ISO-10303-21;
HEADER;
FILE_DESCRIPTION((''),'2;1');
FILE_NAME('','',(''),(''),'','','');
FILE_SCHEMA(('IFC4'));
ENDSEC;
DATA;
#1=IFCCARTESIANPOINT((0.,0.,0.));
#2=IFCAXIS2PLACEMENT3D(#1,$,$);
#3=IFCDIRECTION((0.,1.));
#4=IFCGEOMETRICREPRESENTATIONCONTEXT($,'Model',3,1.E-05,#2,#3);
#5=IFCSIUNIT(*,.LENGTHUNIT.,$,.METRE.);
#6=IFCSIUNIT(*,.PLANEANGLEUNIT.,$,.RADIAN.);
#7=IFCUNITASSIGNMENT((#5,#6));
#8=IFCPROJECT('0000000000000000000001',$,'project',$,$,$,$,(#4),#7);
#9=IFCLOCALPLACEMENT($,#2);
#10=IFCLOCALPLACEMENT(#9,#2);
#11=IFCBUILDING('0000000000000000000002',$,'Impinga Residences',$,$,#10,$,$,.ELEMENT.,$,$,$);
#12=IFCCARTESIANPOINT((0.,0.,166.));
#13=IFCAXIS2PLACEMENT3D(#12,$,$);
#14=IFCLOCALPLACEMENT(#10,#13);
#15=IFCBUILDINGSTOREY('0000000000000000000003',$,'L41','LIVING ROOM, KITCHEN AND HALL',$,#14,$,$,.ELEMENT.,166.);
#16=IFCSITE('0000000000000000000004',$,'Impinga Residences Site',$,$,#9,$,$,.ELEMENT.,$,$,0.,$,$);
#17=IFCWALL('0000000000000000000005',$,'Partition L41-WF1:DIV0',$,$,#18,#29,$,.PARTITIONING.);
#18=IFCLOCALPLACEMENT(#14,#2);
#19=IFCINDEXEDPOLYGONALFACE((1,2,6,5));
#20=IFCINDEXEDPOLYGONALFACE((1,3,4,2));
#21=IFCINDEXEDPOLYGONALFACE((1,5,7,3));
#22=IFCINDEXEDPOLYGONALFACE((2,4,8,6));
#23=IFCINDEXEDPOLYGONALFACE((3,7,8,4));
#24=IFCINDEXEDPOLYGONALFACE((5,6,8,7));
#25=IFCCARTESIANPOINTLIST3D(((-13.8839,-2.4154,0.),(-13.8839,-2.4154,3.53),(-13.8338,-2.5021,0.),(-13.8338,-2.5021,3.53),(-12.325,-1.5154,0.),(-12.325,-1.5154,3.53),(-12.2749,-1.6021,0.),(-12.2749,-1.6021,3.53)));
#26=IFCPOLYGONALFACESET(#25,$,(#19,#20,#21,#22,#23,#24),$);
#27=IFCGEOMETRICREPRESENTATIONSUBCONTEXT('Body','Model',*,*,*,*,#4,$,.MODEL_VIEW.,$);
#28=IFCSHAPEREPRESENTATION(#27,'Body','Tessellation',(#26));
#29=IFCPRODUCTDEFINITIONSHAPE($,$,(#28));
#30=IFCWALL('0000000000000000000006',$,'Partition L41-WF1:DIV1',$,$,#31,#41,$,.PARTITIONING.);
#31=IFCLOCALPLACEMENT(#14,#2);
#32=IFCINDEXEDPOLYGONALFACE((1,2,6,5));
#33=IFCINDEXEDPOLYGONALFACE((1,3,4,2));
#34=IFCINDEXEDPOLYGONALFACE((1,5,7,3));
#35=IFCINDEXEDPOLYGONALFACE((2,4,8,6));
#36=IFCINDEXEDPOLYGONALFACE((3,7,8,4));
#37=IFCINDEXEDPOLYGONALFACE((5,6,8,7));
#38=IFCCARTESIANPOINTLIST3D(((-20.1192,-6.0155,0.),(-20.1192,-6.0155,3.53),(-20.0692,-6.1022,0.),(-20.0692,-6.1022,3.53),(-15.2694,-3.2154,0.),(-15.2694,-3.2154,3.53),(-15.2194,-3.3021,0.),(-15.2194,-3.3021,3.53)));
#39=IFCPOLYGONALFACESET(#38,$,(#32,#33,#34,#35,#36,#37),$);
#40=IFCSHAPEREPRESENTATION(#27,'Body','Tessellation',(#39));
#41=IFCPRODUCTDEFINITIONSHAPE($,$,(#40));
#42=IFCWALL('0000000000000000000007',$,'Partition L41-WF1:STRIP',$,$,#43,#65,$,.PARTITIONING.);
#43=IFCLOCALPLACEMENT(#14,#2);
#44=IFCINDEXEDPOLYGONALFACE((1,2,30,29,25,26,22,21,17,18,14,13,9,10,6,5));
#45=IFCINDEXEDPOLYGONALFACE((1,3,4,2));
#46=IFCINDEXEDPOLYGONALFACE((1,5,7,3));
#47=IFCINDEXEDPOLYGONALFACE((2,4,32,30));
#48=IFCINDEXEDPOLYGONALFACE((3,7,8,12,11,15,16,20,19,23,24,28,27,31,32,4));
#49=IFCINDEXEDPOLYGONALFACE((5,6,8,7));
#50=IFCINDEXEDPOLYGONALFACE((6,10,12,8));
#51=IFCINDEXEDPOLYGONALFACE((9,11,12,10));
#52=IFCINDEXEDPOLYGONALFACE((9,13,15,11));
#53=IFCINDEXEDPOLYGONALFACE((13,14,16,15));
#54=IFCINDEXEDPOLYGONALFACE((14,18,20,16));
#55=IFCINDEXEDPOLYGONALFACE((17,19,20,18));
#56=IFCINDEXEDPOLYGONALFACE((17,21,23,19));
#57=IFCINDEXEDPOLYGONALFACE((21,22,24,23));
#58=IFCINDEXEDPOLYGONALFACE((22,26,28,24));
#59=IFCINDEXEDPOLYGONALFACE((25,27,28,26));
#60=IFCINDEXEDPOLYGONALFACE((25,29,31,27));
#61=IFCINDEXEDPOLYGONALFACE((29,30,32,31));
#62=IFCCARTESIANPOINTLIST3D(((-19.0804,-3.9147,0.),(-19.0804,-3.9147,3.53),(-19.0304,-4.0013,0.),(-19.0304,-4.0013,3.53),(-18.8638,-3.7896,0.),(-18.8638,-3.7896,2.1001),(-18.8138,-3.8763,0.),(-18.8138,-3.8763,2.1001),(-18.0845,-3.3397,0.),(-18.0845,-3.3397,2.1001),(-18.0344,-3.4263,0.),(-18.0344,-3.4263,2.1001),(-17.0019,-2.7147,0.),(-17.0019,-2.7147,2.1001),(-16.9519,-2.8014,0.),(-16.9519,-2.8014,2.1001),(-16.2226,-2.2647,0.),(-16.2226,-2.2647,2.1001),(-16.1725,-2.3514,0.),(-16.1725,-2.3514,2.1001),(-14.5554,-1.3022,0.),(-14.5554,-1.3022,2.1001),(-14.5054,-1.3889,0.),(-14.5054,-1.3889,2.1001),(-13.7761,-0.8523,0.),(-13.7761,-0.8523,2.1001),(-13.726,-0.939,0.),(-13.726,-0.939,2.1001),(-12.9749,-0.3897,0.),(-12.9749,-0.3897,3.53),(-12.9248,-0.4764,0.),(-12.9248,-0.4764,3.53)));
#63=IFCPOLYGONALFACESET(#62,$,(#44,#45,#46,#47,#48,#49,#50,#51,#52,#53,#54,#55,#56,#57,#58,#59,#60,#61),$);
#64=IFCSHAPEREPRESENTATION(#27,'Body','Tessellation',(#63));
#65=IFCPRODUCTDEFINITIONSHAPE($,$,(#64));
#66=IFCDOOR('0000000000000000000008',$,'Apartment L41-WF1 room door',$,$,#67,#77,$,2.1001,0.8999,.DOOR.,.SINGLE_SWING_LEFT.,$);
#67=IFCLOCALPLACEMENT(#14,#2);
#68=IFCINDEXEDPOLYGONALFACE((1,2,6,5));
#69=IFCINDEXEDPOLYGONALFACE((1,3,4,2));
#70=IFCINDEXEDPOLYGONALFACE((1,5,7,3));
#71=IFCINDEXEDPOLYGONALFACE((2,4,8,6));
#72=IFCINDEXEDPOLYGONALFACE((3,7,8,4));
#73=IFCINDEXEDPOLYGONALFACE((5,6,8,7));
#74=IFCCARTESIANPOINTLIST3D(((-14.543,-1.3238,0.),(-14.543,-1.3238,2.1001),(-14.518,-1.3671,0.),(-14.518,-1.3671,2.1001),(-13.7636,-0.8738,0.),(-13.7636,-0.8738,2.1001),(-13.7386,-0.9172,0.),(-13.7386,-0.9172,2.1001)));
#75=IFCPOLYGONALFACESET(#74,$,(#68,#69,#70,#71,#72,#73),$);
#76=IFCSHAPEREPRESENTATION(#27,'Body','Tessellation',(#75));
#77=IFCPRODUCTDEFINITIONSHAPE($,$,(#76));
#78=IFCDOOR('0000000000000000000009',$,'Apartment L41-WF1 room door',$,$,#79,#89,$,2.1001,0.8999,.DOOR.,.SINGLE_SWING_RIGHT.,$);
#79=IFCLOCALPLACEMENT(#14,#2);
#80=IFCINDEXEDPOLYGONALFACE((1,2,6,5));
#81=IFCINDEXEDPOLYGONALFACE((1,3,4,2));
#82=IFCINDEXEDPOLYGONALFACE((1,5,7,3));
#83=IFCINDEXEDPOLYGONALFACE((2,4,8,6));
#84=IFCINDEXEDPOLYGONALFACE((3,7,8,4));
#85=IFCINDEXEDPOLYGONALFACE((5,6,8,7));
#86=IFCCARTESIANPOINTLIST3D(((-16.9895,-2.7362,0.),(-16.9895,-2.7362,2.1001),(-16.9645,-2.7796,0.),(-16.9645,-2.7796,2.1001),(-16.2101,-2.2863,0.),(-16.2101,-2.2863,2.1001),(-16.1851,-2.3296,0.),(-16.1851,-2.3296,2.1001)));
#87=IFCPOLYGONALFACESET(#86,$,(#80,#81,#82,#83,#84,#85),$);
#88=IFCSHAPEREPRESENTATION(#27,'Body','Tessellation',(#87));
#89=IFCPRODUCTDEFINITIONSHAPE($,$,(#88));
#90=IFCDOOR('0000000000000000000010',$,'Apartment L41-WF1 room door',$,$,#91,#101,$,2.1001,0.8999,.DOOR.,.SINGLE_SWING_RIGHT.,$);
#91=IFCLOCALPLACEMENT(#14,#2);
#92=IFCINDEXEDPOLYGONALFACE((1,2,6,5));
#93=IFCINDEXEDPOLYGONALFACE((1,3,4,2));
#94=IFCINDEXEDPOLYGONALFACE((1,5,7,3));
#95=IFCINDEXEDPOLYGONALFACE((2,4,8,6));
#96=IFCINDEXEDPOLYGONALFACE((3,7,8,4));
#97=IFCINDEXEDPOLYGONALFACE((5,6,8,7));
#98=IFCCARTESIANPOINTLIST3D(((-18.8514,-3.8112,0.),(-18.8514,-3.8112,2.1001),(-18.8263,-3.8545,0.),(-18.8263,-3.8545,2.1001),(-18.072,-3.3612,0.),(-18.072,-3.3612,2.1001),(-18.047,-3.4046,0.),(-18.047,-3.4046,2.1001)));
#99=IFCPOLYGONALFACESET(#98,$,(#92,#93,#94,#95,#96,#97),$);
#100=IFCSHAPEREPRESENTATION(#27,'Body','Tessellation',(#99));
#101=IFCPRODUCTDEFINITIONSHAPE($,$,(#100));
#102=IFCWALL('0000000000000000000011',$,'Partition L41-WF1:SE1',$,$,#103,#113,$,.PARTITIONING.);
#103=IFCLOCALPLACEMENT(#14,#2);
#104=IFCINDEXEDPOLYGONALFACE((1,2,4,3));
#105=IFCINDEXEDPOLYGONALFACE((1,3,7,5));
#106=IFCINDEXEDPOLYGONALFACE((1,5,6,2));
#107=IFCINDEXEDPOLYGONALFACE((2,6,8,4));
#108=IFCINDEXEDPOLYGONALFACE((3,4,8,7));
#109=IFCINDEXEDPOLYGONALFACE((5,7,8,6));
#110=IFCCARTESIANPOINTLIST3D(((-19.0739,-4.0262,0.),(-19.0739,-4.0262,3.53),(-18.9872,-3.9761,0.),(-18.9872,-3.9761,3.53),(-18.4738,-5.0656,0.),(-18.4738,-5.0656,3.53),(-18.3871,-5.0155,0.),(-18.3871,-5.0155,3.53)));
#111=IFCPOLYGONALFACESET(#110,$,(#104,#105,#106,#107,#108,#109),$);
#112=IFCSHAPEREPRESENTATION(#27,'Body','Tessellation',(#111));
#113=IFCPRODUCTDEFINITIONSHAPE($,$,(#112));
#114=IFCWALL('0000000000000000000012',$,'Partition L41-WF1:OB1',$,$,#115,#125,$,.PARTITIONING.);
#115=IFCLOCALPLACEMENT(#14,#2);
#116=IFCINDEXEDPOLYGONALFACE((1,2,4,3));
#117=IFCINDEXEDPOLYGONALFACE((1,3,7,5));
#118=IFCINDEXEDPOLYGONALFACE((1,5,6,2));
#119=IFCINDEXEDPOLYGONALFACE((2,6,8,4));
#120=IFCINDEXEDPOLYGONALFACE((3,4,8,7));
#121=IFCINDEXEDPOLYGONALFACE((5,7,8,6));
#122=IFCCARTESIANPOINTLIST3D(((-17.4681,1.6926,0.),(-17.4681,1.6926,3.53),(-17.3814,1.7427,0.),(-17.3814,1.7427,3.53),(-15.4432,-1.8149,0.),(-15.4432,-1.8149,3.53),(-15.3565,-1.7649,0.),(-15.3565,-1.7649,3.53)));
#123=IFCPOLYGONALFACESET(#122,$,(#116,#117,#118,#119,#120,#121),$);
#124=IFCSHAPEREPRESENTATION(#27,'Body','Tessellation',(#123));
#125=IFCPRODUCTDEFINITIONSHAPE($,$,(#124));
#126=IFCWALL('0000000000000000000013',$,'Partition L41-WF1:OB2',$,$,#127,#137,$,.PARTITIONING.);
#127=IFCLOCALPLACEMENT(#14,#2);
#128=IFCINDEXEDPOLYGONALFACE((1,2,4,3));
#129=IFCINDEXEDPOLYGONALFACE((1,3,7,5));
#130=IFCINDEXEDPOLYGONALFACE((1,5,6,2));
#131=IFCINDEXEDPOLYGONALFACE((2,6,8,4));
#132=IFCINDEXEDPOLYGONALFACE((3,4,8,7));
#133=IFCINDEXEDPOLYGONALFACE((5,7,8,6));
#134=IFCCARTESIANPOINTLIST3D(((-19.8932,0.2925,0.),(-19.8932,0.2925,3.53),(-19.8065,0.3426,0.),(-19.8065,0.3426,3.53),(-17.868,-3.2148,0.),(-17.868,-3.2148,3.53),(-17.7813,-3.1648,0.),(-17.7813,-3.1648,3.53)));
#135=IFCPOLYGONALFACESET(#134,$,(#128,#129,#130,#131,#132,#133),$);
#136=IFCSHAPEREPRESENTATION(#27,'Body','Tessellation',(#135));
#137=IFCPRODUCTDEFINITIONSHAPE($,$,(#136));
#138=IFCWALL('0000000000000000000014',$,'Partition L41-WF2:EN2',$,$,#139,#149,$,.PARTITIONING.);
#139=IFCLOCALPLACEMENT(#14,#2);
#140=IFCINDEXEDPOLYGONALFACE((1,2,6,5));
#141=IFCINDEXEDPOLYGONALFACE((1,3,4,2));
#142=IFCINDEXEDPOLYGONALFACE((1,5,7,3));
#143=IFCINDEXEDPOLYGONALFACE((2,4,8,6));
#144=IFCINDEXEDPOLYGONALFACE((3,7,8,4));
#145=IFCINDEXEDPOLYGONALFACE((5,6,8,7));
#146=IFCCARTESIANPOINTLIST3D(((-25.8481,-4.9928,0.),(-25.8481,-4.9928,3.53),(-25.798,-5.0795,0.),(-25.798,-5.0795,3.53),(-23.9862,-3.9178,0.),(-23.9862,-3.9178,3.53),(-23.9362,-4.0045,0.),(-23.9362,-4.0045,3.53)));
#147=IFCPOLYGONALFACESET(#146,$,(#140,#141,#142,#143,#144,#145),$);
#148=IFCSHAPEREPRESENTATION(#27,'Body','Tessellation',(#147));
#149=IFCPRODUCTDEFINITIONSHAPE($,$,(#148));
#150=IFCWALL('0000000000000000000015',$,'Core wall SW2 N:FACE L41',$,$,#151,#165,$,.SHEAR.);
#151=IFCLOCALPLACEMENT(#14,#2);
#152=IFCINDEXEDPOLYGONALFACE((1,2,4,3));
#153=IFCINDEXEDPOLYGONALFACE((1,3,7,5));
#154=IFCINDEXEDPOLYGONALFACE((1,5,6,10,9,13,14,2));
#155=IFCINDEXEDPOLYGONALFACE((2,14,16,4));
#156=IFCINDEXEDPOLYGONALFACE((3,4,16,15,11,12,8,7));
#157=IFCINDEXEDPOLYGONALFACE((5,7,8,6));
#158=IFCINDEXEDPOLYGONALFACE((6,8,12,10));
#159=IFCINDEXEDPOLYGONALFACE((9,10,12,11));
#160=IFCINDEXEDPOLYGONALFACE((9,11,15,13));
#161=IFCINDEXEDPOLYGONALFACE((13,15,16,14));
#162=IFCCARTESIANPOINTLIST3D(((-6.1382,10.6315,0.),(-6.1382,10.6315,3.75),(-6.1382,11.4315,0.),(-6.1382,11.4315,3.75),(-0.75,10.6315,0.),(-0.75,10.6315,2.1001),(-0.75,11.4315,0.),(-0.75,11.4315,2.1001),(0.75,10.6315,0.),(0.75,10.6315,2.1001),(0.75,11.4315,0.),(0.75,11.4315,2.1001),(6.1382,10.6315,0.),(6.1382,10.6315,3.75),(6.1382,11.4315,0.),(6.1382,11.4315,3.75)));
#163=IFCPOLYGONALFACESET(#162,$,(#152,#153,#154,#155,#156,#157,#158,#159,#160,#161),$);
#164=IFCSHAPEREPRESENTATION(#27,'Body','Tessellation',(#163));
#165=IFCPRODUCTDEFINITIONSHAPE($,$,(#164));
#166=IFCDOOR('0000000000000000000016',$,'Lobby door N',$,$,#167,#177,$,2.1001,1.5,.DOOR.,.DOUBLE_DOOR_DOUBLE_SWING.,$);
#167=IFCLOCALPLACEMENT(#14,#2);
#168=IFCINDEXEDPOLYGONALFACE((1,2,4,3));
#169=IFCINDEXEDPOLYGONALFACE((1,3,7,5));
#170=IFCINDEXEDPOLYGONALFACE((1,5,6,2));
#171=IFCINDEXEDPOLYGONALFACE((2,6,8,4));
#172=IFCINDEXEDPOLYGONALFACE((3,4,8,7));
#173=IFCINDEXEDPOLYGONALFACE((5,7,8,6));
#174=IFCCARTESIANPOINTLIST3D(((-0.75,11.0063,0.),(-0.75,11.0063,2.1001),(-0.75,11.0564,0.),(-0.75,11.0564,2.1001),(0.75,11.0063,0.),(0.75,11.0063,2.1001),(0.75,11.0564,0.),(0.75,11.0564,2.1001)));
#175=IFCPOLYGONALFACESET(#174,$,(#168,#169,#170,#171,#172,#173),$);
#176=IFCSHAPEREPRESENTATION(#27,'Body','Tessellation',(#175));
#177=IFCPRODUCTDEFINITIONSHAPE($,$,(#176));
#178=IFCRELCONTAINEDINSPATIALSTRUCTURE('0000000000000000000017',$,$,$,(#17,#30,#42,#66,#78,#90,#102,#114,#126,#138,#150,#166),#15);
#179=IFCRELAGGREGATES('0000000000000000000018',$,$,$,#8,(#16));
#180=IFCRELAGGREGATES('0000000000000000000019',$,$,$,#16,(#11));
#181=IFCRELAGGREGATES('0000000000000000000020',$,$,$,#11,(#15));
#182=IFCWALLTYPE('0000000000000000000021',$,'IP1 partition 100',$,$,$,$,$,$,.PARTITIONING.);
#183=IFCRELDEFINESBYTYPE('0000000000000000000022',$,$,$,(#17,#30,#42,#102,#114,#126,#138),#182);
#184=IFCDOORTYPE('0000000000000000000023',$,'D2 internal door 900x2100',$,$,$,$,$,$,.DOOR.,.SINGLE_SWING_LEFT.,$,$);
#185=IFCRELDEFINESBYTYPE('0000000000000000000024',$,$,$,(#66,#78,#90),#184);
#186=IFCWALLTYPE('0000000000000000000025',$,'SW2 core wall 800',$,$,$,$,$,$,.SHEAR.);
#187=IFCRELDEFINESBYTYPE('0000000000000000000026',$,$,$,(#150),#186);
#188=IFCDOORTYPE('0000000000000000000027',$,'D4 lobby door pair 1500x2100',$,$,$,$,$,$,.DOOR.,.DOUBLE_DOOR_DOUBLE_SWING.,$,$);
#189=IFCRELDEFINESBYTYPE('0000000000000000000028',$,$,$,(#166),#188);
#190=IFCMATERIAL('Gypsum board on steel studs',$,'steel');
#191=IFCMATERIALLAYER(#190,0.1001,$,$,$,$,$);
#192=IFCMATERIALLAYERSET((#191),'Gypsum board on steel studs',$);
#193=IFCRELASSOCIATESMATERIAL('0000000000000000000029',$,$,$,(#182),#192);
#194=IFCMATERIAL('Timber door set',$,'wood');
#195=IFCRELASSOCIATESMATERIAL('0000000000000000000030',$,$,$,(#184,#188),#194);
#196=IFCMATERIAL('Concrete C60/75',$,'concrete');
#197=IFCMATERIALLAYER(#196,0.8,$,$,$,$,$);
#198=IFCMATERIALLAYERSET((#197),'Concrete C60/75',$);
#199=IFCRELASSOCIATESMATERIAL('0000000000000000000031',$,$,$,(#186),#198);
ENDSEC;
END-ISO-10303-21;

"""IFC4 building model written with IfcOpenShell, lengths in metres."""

from ifc_helpers import new_model, si_unit, direction, frame, frame_2d, origin, place, context, subcontext, project, spatial, rectangle, extrude, material, layer, layer_set, type_object, element, fill, save


model = new_model("IFC4")

# Units and contexts
model_context = context("Model", 3, precision=1e-05, world=origin(), true_north=direction((0.0, 1.0)))
body_context = subcontext(model_context, "Body", "Model", "MODEL_VIEW")
ifc_project = project(units=[si_unit("LENGTHUNIT", "METRE"), si_unit("PLANEANGLEUNIT", "RADIAN")], contexts=[model_context])

# Site, building, storey
site_placement = place(None, origin())
site = spatial("IfcSite", under=ifc_project, at=site_placement, Name="Impinga Residences Site", CompositionType="ELEMENT", RefElevation=0.0)
building_placement = place(site_placement, origin())
building = spatial("IfcBuilding", under=site, at=building_placement, Name="Impinga Residences", CompositionType="ELEMENT")
storey_placement = place(building_placement, frame((0.0, 0.0, 166.0)))
storey = spatial("IfcBuildingStorey", under=building, at=storey_placement, Name="L41", Description="LIVING ROOM, KITCHEN AND HALL", CompositionType="ELEMENT", Elevation=166.0)

# Shared definitions
ifc_material_1 = material(Name="Concrete C60/75", Category="concrete")

# Shared definitions
ifc_material_2 = material(Name="Timber door set", Category="wood")

# Walls
ifc_material_3 = material(Name="Gypsum board on steel studs", Category="steel")
ifc_layer_1 = layer(ifc_material_3, 0.1001)
ifc_layer_set_1 = layer_set([ifc_layer_1], Name="Gypsum board on steel studs")
wall_type_1 = type_object("IfcWallType", Name="IP1 partition 100", PredefinedType="PARTITIONING", material=ifc_layer_set_1)
wall_1_placement = place(storey_placement, frame((-12.3, -1.5588, 0.0), z_axis=(0.0, 0.0, 1.0), x_axis=(-0.866048, -0.499961, 0.0)))
element("IfcWall", 1, at=wall_1_placement, inside=storey, type_object=wall_type_1, Name="Partition L41-WF1:DIV0", PredefinedType="PARTITIONING", context=body_context, shape_type="SweptSolid", body=[
    extrude(rectangle(XDim=1.8, YDim=0.1001, at=frame_2d((0.8999, 0.0))), origin(), (0.0, 0.0, 1.0), 3.53),
])
wall_2_placement = place(storey_placement, frame((-15.2444, -3.2588, 0.0), z_axis=(0.0, 0.0, 1.0), x_axis=(-0.866027, -0.499998, 0.0)))
element("IfcWall", 2, at=wall_2_placement, inside=storey, type_object=wall_type_1, Name="Partition L41-WF1:DIV1", PredefinedType="PARTITIONING", context=body_context, shape_type="SweptSolid", body=[
    extrude(rectangle(XDim=5.6001, YDim=0.1001, at=frame_2d((2.8, 0.0))), origin(), (0.0, 0.0, 1.0), 3.53),
])

# Wall, openings, doors
wall_3_placement = place(storey_placement, frame((-12.95, -0.4331, 0.0), z_axis=(0.0, 0.0, 1.0), x_axis=(-0.866031, -0.49999, 0.0)))
wall_3 = element("IfcWall", 3, at=wall_3_placement, inside=storey, type_object=wall_type_1, Name="Partition L41-WF1:STRIP", PredefinedType="PARTITIONING", context=body_context, shape_type="SweptSolid", body=[
    extrude(rectangle(XDim=7.05, YDim=0.1001, at=frame_2d((3.5249, 0.0))), origin(), (0.0, 0.0, 1.0), 3.53),
])
opening_1_placement = place(wall_3_placement, frame((0.925, 0.0, 0.0)))
opening_1 = element("IfcOpeningElement", 4, at=opening_1_placement, cuts=wall_3, PredefinedType="OPENING", context=body_context, shape_type="SweptSolid", body=[
    extrude(rectangle(XDim=0.8999, YDim=2.1001, at=frame_2d((0.45, 1.05))), frame((0.0, 0.0601, 0.0), z_axis=(0.0, -1.0, 0.0), x_axis=(1.0, 0.0, 0.0)), (0.0, 0.0, 1.0), 0.1201),
])
opening_2_placement = place(wall_3_placement, frame((3.75, 0.0, 0.0)))
opening_2 = element("IfcOpeningElement", 5, at=opening_2_placement, cuts=wall_3, PredefinedType="OPENING", context=body_context, shape_type="SweptSolid", body=[
    extrude(rectangle(XDim=0.8999, YDim=2.1001, at=frame_2d((0.45, 1.05))), frame((0.0, 0.0601, 0.0), z_axis=(0.0, -1.0, 0.0), x_axis=(1.0, 0.0, 0.0)), (0.0, 0.0, 1.0), 0.1201),
])
opening_3_placement = place(wall_3_placement, frame((5.8999, 0.0, 0.0)))
opening_3 = element("IfcOpeningElement", 6, at=opening_3_placement, cuts=wall_3, PredefinedType="OPENING", context=body_context, shape_type="SweptSolid", body=[
    extrude(rectangle(XDim=0.8999, YDim=2.1001, at=frame_2d((0.45, 1.05))), frame((0.0, 0.0601, 0.0), z_axis=(0.0, -1.0, 0.0), x_axis=(1.0, 0.0, 0.0)), (0.0, 0.0, 1.0), 0.1201),
])
door_type_1 = type_object("IfcDoorType", Name="D2 internal door 900x2100", OperationType="SINGLE_SWING_LEFT", PredefinedType="DOOR", material=ifc_material_2)
door_1_placement = place(opening_1_placement, origin())
door_1 = element("IfcDoor", 7, at=door_1_placement, inside=storey, type_object=door_type_1, Name="Apartment L41-WF1 room door", OperationType="SINGLE_SWING_LEFT", OverallHeight=2.1001, OverallWidth=0.8999, PredefinedType="DOOR", context=body_context, shape_type="SweptSolid", body=[
    extrude(rectangle(XDim=0.8999, YDim=2.1001, at=frame_2d((0.45, 1.05))), frame((0.0, 0.0249, 0.0), z_axis=(0.0, -1.0, 0.0), x_axis=(1.0, 0.0, 0.0)), (0.0, 0.0, 1.0), 0.05),
])
fill(opening_1, door_1)
door_2_placement = place(opening_2_placement, origin())
door_2 = element("IfcDoor", 8, at=door_2_placement, inside=storey, type_object=door_type_1, Name="Apartment L41-WF1 room door", OperationType="SINGLE_SWING_RIGHT", OverallHeight=2.1001, OverallWidth=0.8999, PredefinedType="DOOR", context=body_context, shape_type="SweptSolid", body=[
    extrude(rectangle(XDim=0.8999, YDim=2.1001, at=frame_2d((0.45, 1.05))), frame((0.0, 0.0249, 0.0), z_axis=(0.0, -1.0, 0.0), x_axis=(1.0, 0.0, 0.0)), (0.0, 0.0, 1.0), 0.05),
])
fill(opening_2, door_2)
door_3_placement = place(opening_3_placement, origin())
door_3 = element("IfcDoor", 9, at=door_3_placement, inside=storey, type_object=door_type_1, Name="Apartment L41-WF1 room door", OperationType="SINGLE_SWING_RIGHT", OverallHeight=2.1001, OverallWidth=0.8999, PredefinedType="DOOR", context=body_context, shape_type="SweptSolid", body=[
    extrude(rectangle(XDim=0.8999, YDim=2.1001, at=frame_2d((0.45, 1.05))), frame((0.0, 0.0249, 0.0), z_axis=(0.0, -1.0, 0.0), x_axis=(1.0, 0.0, 0.0)), (0.0, 0.0, 1.0), 0.05),
])
fill(opening_3, door_3)

# Walls
wall_4_placement = place(storey_placement, frame((-18.4304, -5.0405, 0.0), z_axis=(0.0, 0.0, 1.0), x_axis=(-0.500034, 0.866006, 0.0)))
element("IfcWall", 10, at=wall_4_placement, inside=storey, type_object=wall_type_1, Name="Partition L41-WF1:SE1", PredefinedType="PARTITIONING", context=body_context, shape_type="SweptSolid", body=[
    extrude(rectangle(XDim=1.2002, YDim=0.1001, at=frame_2d((0.6001, 0.0))), origin(), (0.0, 0.0, 1.0), 3.53),
])
for number, where, z_axis, x_axis, name in (
    (11, (-15.3999, -1.7898, 0.0), (0.0, 0.0, 1.0), (-0.499964, 0.866046, 0.0), "Partition L41-WF1:OB1"),
    (12, (-17.8247, -3.1897, 0.0), (0.0, 0.0, 1.0), (-0.500036, 0.866005, 0.0), "Partition L41-WF1:OB2"),
):
    element("IfcWall", number, at=place(storey_placement, frame(where, z_axis=z_axis, x_axis=x_axis)), inside=storey, type_object=wall_type_1, Name=name, PredefinedType="PARTITIONING", context=body_context, shape_type="SweptSolid", body=[
        extrude(rectangle(XDim=4.05, YDim=0.1001, at=frame_2d((2.0249, 0.0))), origin(), (0.0, 0.0, 1.0), 3.53),
    ])
wall_5_placement = place(storey_placement, frame((-23.9612, -3.9612, 0.0), z_axis=(0.0, 0.0, 1.0), x_axis=(-0.866019, -0.500011, 0.0)))
element("IfcWall", 13, at=wall_5_placement, inside=storey, type_object=wall_type_1, Name="Partition L41-WF2:EN2", PredefinedType="PARTITIONING", context=body_context, shape_type="SweptSolid", body=[
    extrude(rectangle(XDim=2.1499, YDim=0.1001, at=frame_2d((1.075, 0.0))), origin(), (0.0, 0.0, 1.0), 3.53),
])

# Wall, opening, door
ifc_layer_2 = layer(ifc_material_1, 0.8)
ifc_layer_set_2 = layer_set([ifc_layer_2], Name="Concrete C60/75")
wall_type_2 = type_object("IfcWallType", Name="SW2 core wall 800", PredefinedType="SHEAR", material=ifc_layer_set_2)
wall_6_placement = place(storey_placement, frame((-6.1382, 11.0315, 0.0), z_axis=(0.0, 0.0, 1.0), x_axis=(1.0, 0.0, 0.0)))
wall_6 = element("IfcWall", 14, at=wall_6_placement, inside=storey, type_object=wall_type_2, Name="Core wall SW2 N:FACE L41", PredefinedType="SHEAR", context=body_context, shape_type="SweptSolid", body=[
    extrude(rectangle(XDim=12.2764, YDim=0.8, at=frame_2d((6.1382, 0.0))), origin(), (0.0, 0.0, 1.0), 3.75),
])
opening_4_placement = place(wall_6_placement, frame((5.3882, 0.0, 0.0)))
opening_4 = element("IfcOpeningElement", 15, at=opening_4_placement, cuts=wall_6, PredefinedType="OPENING", context=body_context, shape_type="SweptSolid", body=[
    extrude(rectangle(XDim=1.5, YDim=2.1001, at=frame_2d((0.75, 1.05))), frame((0.0, 0.4099, 0.0), z_axis=(0.0, -1.0, 0.0), x_axis=(1.0, 0.0, 0.0)), (0.0, 0.0, 1.0), 0.8201),
])
door_type_2 = type_object("IfcDoorType", Name="D4 lobby door pair 1500x2100", OperationType="DOUBLE_DOOR_DOUBLE_SWING", PredefinedType="DOOR", material=ifc_material_2)
door_4_placement = place(opening_4_placement, origin())
door_4 = element("IfcDoor", 16, at=door_4_placement, inside=storey, type_object=door_type_2, Name="Lobby door N", OperationType="DOUBLE_DOOR_DOUBLE_SWING", OverallHeight=2.1001, OverallWidth=1.5, PredefinedType="DOOR", context=body_context, shape_type="SweptSolid", body=[
    extrude(rectangle(XDim=1.5, YDim=2.1001, at=frame_2d((0.75, 1.05))), frame((0.0, 0.0249, 0.0), z_axis=(0.0, -1.0, 0.0), x_axis=(1.0, 0.0, 0.0)), (0.0, 0.0, 1.0), 0.05),
])
fill(opening_4, door_4)

save(model, "model.ifc")
